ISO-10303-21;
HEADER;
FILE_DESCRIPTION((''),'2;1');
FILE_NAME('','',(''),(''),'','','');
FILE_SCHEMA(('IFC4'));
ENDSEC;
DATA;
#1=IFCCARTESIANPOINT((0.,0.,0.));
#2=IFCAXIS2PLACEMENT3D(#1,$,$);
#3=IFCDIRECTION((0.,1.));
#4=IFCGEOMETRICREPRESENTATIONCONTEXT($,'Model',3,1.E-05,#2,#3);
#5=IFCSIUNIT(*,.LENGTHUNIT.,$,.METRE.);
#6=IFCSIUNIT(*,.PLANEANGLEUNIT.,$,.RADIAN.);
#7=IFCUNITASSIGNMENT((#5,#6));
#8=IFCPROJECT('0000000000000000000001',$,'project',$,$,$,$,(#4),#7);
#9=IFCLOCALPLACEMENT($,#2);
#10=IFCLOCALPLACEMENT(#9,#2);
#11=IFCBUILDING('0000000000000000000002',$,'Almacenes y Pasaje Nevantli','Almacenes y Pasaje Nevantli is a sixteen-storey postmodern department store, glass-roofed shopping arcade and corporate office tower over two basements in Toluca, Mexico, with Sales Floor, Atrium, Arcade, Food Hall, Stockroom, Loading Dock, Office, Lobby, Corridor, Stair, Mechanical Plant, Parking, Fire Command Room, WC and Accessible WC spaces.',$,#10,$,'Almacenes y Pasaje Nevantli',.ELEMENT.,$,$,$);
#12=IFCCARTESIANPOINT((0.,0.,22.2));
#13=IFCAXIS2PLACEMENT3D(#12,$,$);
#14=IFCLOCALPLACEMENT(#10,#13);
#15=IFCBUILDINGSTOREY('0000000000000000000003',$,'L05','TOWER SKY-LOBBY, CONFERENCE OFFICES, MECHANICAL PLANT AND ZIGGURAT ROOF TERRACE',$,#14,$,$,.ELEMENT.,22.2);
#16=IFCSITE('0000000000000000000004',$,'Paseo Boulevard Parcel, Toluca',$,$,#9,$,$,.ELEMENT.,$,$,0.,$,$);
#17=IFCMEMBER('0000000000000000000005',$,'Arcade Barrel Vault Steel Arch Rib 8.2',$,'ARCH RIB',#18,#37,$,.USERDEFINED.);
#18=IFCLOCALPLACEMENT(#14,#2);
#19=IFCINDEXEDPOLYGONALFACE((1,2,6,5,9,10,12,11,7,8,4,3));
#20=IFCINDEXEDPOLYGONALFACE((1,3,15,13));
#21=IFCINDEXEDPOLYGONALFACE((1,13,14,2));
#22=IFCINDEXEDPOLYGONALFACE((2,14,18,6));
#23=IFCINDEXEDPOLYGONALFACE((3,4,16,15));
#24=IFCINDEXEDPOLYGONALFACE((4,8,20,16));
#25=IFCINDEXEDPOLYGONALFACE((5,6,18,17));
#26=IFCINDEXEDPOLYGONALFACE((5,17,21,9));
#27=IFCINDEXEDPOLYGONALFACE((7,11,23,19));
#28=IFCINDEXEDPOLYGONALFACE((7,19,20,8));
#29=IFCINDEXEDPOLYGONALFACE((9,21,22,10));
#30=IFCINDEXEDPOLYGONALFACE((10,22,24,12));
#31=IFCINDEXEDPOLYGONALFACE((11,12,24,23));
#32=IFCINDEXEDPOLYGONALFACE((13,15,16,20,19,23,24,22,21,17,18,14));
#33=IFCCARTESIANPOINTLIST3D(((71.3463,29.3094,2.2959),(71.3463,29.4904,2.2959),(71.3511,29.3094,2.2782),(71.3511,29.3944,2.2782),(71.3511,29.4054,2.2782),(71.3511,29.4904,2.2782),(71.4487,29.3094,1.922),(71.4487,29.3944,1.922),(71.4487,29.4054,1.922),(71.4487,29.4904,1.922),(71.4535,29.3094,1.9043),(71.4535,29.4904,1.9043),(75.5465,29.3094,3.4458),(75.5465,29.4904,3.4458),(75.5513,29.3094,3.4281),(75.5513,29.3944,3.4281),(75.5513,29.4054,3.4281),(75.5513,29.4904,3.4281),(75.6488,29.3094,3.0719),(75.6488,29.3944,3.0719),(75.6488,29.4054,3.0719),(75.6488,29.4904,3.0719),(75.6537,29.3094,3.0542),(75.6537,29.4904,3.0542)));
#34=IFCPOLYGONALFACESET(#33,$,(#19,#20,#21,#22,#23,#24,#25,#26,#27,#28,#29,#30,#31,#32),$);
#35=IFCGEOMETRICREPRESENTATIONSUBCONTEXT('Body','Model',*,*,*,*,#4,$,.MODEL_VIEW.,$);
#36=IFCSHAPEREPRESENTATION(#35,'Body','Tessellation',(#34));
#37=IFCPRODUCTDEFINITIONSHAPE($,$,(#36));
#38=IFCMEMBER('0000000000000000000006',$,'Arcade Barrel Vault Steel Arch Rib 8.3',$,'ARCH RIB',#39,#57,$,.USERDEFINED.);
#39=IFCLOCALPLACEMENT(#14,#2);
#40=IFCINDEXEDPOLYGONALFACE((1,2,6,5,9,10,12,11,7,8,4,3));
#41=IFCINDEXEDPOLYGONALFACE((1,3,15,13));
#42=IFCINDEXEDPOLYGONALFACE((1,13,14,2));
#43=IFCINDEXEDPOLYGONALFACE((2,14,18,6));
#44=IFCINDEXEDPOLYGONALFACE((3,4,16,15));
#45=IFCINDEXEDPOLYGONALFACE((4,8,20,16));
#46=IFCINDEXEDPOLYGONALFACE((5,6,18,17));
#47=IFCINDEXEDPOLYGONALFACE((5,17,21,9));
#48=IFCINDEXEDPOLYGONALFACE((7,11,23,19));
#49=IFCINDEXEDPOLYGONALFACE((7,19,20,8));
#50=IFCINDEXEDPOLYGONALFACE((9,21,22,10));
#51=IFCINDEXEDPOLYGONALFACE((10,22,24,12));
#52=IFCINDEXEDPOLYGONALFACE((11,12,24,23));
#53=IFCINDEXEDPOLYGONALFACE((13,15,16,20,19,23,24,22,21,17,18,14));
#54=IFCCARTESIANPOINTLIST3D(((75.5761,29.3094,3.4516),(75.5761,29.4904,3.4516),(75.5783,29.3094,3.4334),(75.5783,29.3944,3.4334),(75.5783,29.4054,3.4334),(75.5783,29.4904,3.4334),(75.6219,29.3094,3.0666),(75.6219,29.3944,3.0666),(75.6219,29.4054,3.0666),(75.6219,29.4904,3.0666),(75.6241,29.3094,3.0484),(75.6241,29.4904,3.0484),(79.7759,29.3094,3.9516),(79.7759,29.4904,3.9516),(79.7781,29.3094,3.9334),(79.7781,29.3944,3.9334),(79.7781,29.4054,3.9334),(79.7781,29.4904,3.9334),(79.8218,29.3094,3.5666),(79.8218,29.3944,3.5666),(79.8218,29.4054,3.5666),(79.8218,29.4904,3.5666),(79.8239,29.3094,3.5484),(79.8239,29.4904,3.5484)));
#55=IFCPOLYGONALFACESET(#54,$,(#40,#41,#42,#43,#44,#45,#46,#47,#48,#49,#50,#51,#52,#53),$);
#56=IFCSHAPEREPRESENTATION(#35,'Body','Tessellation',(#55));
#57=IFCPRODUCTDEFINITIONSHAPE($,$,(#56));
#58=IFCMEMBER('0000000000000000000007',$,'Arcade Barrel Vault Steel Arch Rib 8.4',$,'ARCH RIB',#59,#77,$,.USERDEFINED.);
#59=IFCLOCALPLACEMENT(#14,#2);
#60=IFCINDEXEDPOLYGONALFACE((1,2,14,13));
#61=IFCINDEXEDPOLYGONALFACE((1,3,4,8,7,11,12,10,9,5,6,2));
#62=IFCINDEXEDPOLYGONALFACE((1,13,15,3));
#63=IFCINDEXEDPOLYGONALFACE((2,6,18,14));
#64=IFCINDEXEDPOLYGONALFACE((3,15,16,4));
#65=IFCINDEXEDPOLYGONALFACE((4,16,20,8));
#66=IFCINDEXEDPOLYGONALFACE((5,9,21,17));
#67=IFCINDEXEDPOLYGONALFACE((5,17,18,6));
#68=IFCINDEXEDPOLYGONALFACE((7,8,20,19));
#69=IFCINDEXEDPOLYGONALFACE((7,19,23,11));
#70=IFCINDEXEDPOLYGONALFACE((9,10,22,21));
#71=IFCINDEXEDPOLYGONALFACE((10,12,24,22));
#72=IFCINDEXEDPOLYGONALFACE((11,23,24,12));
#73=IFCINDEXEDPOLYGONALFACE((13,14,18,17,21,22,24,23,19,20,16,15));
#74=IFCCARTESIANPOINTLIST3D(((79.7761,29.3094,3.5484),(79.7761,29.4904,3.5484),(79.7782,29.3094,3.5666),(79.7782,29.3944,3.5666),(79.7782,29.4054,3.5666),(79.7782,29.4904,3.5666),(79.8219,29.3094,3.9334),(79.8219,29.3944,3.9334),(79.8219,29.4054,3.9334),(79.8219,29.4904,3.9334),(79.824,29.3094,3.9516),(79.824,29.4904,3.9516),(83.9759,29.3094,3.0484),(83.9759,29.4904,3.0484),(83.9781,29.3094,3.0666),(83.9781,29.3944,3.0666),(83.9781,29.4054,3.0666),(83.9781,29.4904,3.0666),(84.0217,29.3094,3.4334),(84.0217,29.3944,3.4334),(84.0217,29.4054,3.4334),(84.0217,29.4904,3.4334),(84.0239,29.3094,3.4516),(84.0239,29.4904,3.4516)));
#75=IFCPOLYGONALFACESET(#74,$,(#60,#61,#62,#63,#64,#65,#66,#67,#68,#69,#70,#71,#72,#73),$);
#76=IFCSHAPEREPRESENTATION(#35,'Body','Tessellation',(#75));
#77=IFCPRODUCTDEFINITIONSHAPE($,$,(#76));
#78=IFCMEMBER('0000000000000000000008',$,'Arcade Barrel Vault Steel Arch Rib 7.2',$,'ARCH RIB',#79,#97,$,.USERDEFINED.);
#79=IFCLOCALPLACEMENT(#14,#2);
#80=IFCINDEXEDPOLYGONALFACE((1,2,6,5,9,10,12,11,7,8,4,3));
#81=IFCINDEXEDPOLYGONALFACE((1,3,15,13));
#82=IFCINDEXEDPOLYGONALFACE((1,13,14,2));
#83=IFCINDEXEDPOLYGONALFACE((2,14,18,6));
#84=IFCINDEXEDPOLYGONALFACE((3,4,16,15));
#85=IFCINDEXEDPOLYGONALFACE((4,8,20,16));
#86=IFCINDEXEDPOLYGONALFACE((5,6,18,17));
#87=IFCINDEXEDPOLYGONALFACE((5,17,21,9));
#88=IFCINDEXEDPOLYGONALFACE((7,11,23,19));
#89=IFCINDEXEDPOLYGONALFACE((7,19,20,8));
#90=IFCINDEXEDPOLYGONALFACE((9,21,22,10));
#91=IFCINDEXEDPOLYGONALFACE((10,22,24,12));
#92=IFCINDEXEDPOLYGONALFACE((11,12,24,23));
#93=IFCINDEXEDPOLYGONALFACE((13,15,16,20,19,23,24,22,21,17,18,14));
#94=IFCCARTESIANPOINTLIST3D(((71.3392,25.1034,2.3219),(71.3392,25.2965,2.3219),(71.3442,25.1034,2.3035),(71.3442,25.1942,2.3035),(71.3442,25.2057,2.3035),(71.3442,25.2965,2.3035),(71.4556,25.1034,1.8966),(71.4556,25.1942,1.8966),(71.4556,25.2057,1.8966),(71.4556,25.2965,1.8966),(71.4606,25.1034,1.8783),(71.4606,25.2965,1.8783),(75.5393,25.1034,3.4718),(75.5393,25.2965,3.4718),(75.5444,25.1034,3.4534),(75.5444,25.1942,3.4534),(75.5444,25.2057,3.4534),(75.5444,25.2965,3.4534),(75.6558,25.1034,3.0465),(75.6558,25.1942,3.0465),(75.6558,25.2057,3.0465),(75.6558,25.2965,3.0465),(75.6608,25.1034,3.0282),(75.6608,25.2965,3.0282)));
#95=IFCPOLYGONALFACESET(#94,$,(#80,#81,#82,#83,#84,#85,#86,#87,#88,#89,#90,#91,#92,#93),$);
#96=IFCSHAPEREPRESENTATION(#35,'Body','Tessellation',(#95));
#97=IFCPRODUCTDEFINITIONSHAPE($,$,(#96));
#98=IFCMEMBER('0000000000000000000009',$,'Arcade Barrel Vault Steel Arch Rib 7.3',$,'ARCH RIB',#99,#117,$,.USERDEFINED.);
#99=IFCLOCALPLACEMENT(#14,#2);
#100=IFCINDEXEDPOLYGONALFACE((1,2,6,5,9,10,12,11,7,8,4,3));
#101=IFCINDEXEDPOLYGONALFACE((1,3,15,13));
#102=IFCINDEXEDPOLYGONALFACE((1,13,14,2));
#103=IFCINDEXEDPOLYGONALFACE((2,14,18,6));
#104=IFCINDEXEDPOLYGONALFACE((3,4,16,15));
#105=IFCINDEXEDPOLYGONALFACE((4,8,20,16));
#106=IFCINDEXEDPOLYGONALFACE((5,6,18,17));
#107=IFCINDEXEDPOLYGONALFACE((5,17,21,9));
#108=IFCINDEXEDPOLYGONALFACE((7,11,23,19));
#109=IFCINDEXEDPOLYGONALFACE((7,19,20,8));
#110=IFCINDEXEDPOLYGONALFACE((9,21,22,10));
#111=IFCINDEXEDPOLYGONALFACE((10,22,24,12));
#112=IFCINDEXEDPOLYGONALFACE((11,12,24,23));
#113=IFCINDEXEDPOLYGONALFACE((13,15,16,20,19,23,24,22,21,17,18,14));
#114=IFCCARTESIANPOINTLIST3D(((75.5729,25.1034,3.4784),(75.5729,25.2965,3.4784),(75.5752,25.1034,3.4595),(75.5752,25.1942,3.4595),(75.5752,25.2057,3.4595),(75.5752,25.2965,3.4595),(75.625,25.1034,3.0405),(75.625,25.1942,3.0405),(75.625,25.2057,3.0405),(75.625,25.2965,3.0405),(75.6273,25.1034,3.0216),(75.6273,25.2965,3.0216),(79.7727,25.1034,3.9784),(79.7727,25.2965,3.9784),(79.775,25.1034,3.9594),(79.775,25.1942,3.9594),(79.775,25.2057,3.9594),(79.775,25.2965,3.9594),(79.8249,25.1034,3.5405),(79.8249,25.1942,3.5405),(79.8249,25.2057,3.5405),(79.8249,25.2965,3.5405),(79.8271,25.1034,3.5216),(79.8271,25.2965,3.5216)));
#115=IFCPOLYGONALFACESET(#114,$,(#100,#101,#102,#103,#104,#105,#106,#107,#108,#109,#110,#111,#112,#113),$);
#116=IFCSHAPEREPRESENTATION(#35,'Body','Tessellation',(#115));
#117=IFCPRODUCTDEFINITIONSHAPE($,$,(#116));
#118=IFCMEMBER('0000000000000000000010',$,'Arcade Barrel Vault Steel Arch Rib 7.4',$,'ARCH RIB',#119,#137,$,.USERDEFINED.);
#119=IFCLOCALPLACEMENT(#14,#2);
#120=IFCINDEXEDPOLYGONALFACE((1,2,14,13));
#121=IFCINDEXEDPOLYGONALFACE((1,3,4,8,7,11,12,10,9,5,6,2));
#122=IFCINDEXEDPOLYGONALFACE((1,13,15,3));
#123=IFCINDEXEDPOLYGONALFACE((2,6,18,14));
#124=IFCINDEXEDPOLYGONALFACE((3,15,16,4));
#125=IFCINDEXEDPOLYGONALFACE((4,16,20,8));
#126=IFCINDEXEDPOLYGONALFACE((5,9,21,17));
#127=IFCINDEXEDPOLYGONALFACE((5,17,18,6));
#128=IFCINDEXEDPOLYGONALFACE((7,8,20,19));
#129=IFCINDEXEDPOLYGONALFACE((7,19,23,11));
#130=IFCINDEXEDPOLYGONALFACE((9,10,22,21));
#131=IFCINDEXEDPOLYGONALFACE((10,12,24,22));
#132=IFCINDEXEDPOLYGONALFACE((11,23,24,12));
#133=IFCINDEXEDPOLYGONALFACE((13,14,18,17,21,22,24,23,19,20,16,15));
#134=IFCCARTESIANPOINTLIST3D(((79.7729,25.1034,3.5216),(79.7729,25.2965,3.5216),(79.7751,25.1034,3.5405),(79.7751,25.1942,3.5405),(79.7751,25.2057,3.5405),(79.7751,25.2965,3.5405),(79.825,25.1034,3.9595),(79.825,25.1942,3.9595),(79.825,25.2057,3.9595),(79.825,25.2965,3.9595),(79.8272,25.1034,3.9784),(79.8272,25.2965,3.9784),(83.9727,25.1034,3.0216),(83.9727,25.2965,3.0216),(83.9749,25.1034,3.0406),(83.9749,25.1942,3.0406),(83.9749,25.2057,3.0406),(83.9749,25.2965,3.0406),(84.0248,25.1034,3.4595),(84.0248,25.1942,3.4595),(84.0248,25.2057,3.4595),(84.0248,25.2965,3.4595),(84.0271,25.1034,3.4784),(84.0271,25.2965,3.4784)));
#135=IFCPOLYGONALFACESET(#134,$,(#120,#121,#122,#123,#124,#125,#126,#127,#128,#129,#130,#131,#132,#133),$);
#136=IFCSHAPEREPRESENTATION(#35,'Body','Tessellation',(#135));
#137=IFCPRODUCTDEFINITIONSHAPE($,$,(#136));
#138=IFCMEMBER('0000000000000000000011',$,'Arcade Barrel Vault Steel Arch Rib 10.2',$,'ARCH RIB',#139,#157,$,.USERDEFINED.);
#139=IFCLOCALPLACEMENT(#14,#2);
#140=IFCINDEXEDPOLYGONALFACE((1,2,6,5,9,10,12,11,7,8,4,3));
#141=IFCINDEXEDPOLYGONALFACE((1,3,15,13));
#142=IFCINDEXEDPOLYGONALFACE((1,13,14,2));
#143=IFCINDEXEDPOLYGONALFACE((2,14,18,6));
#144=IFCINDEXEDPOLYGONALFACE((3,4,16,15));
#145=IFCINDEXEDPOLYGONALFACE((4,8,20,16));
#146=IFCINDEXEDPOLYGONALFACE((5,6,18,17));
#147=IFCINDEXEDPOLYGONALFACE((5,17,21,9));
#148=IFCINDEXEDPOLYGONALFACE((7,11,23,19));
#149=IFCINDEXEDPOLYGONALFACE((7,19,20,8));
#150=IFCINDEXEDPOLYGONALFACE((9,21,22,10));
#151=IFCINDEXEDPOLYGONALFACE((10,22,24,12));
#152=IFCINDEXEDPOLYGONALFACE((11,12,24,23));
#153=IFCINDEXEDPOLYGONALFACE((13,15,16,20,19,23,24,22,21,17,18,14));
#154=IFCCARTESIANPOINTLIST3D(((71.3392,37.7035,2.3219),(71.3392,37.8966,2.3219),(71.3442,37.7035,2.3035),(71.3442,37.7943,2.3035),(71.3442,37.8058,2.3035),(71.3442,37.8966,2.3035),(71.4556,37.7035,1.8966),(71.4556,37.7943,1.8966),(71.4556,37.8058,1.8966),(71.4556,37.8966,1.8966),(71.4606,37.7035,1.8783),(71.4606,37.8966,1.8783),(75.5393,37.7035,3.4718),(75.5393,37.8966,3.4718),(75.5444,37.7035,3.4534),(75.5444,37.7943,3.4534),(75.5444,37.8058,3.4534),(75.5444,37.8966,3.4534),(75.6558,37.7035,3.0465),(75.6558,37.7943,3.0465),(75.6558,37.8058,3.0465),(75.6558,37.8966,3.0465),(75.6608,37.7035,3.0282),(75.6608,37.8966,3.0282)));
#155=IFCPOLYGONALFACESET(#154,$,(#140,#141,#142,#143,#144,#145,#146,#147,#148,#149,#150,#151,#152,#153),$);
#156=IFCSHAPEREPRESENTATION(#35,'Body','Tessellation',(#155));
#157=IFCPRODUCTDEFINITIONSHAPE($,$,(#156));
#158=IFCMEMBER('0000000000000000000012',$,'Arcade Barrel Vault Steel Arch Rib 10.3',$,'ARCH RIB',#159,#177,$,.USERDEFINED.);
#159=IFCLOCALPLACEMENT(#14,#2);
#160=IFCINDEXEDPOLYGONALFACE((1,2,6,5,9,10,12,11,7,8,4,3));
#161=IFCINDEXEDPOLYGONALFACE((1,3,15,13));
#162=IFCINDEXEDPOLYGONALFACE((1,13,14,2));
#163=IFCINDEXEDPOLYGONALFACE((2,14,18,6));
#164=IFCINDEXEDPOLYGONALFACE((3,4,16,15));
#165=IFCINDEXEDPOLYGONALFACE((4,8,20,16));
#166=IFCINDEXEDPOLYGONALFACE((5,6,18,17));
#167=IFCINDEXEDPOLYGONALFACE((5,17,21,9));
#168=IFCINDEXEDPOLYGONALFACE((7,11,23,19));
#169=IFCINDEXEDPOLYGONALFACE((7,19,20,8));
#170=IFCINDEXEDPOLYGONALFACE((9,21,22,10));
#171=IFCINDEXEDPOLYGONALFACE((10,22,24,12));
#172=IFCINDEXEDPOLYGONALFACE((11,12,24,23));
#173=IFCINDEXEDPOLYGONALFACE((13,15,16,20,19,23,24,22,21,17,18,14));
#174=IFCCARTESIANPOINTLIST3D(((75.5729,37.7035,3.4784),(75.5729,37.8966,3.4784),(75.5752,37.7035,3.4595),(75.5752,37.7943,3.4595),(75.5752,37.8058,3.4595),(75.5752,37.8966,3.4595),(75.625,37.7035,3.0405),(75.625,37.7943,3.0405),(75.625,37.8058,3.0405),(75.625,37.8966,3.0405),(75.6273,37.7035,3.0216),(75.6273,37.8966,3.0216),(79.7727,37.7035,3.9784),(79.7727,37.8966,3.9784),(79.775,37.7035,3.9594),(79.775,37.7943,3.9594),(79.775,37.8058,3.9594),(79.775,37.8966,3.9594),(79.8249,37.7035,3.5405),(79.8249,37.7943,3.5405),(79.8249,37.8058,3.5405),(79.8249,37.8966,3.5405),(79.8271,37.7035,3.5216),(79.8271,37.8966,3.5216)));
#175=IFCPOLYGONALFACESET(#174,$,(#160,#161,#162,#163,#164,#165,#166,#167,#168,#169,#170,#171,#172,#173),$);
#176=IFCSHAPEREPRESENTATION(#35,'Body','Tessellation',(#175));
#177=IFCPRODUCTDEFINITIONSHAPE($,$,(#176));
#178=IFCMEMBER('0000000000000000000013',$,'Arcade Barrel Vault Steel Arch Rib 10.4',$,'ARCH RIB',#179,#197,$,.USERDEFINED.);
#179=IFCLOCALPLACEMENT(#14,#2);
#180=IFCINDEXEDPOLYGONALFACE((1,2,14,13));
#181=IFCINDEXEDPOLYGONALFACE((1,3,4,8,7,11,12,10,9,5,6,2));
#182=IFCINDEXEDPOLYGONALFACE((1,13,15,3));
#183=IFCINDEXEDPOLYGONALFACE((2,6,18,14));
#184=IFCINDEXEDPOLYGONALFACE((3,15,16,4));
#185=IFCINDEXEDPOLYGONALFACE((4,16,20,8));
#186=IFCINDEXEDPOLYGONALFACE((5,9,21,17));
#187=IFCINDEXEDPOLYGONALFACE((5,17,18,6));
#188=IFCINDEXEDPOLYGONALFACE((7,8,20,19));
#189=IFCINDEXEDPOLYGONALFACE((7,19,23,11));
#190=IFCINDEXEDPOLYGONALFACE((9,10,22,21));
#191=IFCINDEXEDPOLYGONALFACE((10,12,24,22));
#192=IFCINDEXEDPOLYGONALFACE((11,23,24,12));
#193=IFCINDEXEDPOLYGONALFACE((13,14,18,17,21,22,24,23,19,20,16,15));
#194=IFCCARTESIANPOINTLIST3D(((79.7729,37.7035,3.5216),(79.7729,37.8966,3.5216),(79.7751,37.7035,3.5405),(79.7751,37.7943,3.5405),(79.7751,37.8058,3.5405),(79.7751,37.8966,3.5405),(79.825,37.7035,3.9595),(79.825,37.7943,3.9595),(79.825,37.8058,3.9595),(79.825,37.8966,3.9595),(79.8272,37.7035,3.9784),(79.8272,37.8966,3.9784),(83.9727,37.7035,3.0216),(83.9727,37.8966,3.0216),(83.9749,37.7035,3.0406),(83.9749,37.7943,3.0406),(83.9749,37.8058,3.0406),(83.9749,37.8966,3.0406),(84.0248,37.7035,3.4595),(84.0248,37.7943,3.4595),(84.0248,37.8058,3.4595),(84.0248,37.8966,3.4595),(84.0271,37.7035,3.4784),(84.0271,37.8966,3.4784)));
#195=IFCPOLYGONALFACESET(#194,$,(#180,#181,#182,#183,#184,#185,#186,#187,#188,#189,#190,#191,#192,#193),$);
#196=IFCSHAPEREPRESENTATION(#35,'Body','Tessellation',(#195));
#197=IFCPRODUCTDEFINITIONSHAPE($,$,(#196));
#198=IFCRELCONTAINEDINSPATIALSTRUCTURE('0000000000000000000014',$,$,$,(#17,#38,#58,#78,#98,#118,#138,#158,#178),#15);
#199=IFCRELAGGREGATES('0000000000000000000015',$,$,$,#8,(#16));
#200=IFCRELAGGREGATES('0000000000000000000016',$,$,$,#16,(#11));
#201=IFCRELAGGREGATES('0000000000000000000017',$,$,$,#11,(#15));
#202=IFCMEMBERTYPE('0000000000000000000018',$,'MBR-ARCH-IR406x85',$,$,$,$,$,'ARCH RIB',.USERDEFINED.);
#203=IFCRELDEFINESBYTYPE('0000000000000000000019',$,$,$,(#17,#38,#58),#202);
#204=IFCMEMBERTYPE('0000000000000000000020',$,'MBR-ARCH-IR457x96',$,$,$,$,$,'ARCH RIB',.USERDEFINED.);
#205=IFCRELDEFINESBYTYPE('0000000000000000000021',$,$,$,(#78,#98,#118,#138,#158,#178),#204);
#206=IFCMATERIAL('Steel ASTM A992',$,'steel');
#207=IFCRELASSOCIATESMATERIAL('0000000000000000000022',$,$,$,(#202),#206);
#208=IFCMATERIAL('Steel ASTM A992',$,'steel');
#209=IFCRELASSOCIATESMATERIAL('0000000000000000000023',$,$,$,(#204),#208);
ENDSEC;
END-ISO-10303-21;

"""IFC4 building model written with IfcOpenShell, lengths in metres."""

from ifc_helpers import new_model, si_unit, direction, frame, origin, origin_2d, place, context, subcontext, project, spatial, i_section, extrude, material, material_profile, profile_set, type_object, element, save


model = new_model("IFC4")

# Units and contexts
model_context = context("Model", 3, precision=1e-05, world=origin(), true_north=direction((0.0, 1.0)))
body_context = subcontext(model_context, "Body", "Model", "MODEL_VIEW")
ifc_project = project(units=[si_unit("LENGTHUNIT", "METRE"), si_unit("PLANEANGLEUNIT", "RADIAN")], contexts=[model_context])

# Site, building, storey
site_placement = place(None, origin())
site = spatial("IfcSite", under=ifc_project, at=site_placement, Name="Paseo Boulevard Parcel, Toluca", CompositionType="ELEMENT", RefElevation=0.0)
building_placement = place(site_placement, origin())
building = spatial("IfcBuilding", under=site, at=building_placement, Name="Almacenes y Pasaje Nevantli", Description="Almacenes y Pasaje Nevantli is a sixteen-storey postmodern department store, glass-roofed shopping arcade and corporate office tower over two basements in Toluca, Mexico, with Sales Floor, Atrium, Arcade, Food Hall, Stockroom, Loading Dock, Office, Lobby, Corridor, Stair, Mechanical Plant, Parking, Fire Command Room, WC and Accessible WC spaces.", LongName="Almacenes y Pasaje Nevantli", CompositionType="ELEMENT")
storey_placement = place(building_placement, frame((0.0, 0.0, 22.2)))
storey = spatial("IfcBuildingStorey", under=building, at=storey_placement, Name="L05", Description="TOWER SKY-LOBBY, CONFERENCE OFFICES, MECHANICAL PLANT AND ZIGGURAT ROOF TERRACE", CompositionType="ELEMENT", Elevation=22.2)

# Members
ifc_material_1 = material(Name="Steel ASTM A992", Category="steel")
ifc_material_profile_1 = material_profile(ifc_material_1, i_section(OverallWidth=0.1809, OverallDepth=0.406, WebThickness=0.011, FlangeThickness=0.0183, at=origin_2d()), Name="IR 406x85.0")
ifc_profile_set_1 = profile_set([ifc_material_profile_1], Name="Steel ASTM A992")
member_type_1 = type_object("IfcMemberType", Name="MBR-ARCH-IR406x85", ElementType="ARCH RIB", PredefinedType="USERDEFINED", material=ifc_profile_set_1)
member_1_placement = place(storey_placement, frame((71.3999, 29.3999, 2.1001), z_axis=(0.964507, 0.0, 0.264057), x_axis=(0.0, 1.0, 0.0)))
element("IfcMember", 1, at=member_1_placement, inside=storey, type_object=member_type_1, Name="Arcade Barrel Vault Steel Arch Rib 8.2", ObjectType="ARCH RIB", PredefinedType="USERDEFINED", context=body_context, shape_type="SweptSolid", body=[
    extrude(i_section(OverallWidth=0.1809, OverallDepth=0.406, WebThickness=0.011, FlangeThickness=0.0183, at=origin_2d()), origin(), (0.0, 0.0, 1.0), 4.3547),
])
for number, where, z_axis, x_axis, name in (
    (2, (75.6001, 29.3999, 3.25), (0.992988, 0.0, 0.118214), (0.0, 1.0, 0.0), "Arcade Barrel Vault Steel Arch Rib 8.3"),
    (3, (79.8, 29.3999, 3.75), (0.992988, 0.0, -0.118214), (0.0, 1.0, 0.0), "Arcade Barrel Vault Steel Arch Rib 8.4"),
):
    element("IfcMember", number, at=place(storey_placement, frame(where, z_axis=z_axis, x_axis=x_axis)), inside=storey, type_object=member_type_1, Name=name, ObjectType="ARCH RIB", PredefinedType="USERDEFINED", context=body_context, shape_type="SweptSolid", body=[
        extrude(i_section(OverallWidth=0.1809, OverallDepth=0.406, WebThickness=0.011, FlangeThickness=0.0183, at=origin_2d()), origin(), (0.0, 0.0, 1.0), 4.2295),
    ])
ifc_material_2 = material(Name="Steel ASTM A992", Category="steel")
ifc_material_profile_2 = material_profile(ifc_material_2, i_section(OverallWidth=0.1931, OverallDepth=0.46, WebThickness=0.0115, FlangeThickness=0.019, at=origin_2d()), Name="IR 457x96.7")
ifc_profile_set_2 = profile_set([ifc_material_profile_2], Name="Steel ASTM A992")
member_type_2 = type_object("IfcMemberType", Name="MBR-ARCH-IR457x96", ElementType="ARCH RIB", PredefinedType="USERDEFINED", material=ifc_profile_set_2)
member_2_placement = place(storey_placement, frame((71.3999, 25.2, 2.1001), z_axis=(0.964507, 0.0, 0.264057), x_axis=(0.0, 1.0, 0.0)))
element("IfcMember", 4, at=member_2_placement, inside=storey, type_object=member_type_2, Name="Arcade Barrel Vault Steel Arch Rib 7.2", ObjectType="ARCH RIB", PredefinedType="USERDEFINED", context=body_context, shape_type="SweptSolid", body=[
    extrude(i_section(OverallWidth=0.1931, OverallDepth=0.46, WebThickness=0.0115, FlangeThickness=0.019, at=origin_2d()), origin(), (0.0, 0.0, 1.0), 4.3547),
])
for number, where, z_axis, x_axis, name in (
    (5, (75.6001, 25.2, 3.25), (0.992988, 0.0, 0.118214), (0.0, 1.0, 0.0), "Arcade Barrel Vault Steel Arch Rib 7.3"),
    (6, (79.8, 25.2, 3.75), (0.992988, 0.0, -0.118214), (0.0, 1.0, 0.0), "Arcade Barrel Vault Steel Arch Rib 7.4"),
):
    element("IfcMember", number, at=place(storey_placement, frame(where, z_axis=z_axis, x_axis=x_axis)), inside=storey, type_object=member_type_2, Name=name, ObjectType="ARCH RIB", PredefinedType="USERDEFINED", context=body_context, shape_type="SweptSolid", body=[
        extrude(i_section(OverallWidth=0.1931, OverallDepth=0.46, WebThickness=0.0115, FlangeThickness=0.019, at=origin_2d()), origin(), (0.0, 0.0, 1.0), 4.2295),
    ])
member_3_placement = place(storey_placement, frame((71.3999, 37.8, 2.1001), z_axis=(0.964507, 0.0, 0.264057), x_axis=(0.0, 1.0, 0.0)))
element("IfcMember", 7, at=member_3_placement, inside=storey, type_object=member_type_2, Name="Arcade Barrel Vault Steel Arch Rib 10.2", ObjectType="ARCH RIB", PredefinedType="USERDEFINED", context=body_context, shape_type="SweptSolid", body=[
    extrude(i_section(OverallWidth=0.1931, OverallDepth=0.46, WebThickness=0.0115, FlangeThickness=0.019, at=origin_2d()), origin(), (0.0, 0.0, 1.0), 4.3547),
])
for number, where, z_axis, x_axis, name in (
    (8, (75.6001, 37.8, 3.25), (0.992988, 0.0, 0.118214), (0.0, 1.0, 0.0), "Arcade Barrel Vault Steel Arch Rib 10.3"),
    (9, (79.8, 37.8, 3.75), (0.992988, 0.0, -0.118214), (0.0, 1.0, 0.0), "Arcade Barrel Vault Steel Arch Rib 10.4"),
):
    element("IfcMember", number, at=place(storey_placement, frame(where, z_axis=z_axis, x_axis=x_axis)), inside=storey, type_object=member_type_2, Name=name, ObjectType="ARCH RIB", PredefinedType="USERDEFINED", context=body_context, shape_type="SweptSolid", body=[
        extrude(i_section(OverallWidth=0.1931, OverallDepth=0.46, WebThickness=0.0115, FlangeThickness=0.019, at=origin_2d()), origin(), (0.0, 0.0, 1.0), 4.2295),
    ])

save(model, "model.ifc")
